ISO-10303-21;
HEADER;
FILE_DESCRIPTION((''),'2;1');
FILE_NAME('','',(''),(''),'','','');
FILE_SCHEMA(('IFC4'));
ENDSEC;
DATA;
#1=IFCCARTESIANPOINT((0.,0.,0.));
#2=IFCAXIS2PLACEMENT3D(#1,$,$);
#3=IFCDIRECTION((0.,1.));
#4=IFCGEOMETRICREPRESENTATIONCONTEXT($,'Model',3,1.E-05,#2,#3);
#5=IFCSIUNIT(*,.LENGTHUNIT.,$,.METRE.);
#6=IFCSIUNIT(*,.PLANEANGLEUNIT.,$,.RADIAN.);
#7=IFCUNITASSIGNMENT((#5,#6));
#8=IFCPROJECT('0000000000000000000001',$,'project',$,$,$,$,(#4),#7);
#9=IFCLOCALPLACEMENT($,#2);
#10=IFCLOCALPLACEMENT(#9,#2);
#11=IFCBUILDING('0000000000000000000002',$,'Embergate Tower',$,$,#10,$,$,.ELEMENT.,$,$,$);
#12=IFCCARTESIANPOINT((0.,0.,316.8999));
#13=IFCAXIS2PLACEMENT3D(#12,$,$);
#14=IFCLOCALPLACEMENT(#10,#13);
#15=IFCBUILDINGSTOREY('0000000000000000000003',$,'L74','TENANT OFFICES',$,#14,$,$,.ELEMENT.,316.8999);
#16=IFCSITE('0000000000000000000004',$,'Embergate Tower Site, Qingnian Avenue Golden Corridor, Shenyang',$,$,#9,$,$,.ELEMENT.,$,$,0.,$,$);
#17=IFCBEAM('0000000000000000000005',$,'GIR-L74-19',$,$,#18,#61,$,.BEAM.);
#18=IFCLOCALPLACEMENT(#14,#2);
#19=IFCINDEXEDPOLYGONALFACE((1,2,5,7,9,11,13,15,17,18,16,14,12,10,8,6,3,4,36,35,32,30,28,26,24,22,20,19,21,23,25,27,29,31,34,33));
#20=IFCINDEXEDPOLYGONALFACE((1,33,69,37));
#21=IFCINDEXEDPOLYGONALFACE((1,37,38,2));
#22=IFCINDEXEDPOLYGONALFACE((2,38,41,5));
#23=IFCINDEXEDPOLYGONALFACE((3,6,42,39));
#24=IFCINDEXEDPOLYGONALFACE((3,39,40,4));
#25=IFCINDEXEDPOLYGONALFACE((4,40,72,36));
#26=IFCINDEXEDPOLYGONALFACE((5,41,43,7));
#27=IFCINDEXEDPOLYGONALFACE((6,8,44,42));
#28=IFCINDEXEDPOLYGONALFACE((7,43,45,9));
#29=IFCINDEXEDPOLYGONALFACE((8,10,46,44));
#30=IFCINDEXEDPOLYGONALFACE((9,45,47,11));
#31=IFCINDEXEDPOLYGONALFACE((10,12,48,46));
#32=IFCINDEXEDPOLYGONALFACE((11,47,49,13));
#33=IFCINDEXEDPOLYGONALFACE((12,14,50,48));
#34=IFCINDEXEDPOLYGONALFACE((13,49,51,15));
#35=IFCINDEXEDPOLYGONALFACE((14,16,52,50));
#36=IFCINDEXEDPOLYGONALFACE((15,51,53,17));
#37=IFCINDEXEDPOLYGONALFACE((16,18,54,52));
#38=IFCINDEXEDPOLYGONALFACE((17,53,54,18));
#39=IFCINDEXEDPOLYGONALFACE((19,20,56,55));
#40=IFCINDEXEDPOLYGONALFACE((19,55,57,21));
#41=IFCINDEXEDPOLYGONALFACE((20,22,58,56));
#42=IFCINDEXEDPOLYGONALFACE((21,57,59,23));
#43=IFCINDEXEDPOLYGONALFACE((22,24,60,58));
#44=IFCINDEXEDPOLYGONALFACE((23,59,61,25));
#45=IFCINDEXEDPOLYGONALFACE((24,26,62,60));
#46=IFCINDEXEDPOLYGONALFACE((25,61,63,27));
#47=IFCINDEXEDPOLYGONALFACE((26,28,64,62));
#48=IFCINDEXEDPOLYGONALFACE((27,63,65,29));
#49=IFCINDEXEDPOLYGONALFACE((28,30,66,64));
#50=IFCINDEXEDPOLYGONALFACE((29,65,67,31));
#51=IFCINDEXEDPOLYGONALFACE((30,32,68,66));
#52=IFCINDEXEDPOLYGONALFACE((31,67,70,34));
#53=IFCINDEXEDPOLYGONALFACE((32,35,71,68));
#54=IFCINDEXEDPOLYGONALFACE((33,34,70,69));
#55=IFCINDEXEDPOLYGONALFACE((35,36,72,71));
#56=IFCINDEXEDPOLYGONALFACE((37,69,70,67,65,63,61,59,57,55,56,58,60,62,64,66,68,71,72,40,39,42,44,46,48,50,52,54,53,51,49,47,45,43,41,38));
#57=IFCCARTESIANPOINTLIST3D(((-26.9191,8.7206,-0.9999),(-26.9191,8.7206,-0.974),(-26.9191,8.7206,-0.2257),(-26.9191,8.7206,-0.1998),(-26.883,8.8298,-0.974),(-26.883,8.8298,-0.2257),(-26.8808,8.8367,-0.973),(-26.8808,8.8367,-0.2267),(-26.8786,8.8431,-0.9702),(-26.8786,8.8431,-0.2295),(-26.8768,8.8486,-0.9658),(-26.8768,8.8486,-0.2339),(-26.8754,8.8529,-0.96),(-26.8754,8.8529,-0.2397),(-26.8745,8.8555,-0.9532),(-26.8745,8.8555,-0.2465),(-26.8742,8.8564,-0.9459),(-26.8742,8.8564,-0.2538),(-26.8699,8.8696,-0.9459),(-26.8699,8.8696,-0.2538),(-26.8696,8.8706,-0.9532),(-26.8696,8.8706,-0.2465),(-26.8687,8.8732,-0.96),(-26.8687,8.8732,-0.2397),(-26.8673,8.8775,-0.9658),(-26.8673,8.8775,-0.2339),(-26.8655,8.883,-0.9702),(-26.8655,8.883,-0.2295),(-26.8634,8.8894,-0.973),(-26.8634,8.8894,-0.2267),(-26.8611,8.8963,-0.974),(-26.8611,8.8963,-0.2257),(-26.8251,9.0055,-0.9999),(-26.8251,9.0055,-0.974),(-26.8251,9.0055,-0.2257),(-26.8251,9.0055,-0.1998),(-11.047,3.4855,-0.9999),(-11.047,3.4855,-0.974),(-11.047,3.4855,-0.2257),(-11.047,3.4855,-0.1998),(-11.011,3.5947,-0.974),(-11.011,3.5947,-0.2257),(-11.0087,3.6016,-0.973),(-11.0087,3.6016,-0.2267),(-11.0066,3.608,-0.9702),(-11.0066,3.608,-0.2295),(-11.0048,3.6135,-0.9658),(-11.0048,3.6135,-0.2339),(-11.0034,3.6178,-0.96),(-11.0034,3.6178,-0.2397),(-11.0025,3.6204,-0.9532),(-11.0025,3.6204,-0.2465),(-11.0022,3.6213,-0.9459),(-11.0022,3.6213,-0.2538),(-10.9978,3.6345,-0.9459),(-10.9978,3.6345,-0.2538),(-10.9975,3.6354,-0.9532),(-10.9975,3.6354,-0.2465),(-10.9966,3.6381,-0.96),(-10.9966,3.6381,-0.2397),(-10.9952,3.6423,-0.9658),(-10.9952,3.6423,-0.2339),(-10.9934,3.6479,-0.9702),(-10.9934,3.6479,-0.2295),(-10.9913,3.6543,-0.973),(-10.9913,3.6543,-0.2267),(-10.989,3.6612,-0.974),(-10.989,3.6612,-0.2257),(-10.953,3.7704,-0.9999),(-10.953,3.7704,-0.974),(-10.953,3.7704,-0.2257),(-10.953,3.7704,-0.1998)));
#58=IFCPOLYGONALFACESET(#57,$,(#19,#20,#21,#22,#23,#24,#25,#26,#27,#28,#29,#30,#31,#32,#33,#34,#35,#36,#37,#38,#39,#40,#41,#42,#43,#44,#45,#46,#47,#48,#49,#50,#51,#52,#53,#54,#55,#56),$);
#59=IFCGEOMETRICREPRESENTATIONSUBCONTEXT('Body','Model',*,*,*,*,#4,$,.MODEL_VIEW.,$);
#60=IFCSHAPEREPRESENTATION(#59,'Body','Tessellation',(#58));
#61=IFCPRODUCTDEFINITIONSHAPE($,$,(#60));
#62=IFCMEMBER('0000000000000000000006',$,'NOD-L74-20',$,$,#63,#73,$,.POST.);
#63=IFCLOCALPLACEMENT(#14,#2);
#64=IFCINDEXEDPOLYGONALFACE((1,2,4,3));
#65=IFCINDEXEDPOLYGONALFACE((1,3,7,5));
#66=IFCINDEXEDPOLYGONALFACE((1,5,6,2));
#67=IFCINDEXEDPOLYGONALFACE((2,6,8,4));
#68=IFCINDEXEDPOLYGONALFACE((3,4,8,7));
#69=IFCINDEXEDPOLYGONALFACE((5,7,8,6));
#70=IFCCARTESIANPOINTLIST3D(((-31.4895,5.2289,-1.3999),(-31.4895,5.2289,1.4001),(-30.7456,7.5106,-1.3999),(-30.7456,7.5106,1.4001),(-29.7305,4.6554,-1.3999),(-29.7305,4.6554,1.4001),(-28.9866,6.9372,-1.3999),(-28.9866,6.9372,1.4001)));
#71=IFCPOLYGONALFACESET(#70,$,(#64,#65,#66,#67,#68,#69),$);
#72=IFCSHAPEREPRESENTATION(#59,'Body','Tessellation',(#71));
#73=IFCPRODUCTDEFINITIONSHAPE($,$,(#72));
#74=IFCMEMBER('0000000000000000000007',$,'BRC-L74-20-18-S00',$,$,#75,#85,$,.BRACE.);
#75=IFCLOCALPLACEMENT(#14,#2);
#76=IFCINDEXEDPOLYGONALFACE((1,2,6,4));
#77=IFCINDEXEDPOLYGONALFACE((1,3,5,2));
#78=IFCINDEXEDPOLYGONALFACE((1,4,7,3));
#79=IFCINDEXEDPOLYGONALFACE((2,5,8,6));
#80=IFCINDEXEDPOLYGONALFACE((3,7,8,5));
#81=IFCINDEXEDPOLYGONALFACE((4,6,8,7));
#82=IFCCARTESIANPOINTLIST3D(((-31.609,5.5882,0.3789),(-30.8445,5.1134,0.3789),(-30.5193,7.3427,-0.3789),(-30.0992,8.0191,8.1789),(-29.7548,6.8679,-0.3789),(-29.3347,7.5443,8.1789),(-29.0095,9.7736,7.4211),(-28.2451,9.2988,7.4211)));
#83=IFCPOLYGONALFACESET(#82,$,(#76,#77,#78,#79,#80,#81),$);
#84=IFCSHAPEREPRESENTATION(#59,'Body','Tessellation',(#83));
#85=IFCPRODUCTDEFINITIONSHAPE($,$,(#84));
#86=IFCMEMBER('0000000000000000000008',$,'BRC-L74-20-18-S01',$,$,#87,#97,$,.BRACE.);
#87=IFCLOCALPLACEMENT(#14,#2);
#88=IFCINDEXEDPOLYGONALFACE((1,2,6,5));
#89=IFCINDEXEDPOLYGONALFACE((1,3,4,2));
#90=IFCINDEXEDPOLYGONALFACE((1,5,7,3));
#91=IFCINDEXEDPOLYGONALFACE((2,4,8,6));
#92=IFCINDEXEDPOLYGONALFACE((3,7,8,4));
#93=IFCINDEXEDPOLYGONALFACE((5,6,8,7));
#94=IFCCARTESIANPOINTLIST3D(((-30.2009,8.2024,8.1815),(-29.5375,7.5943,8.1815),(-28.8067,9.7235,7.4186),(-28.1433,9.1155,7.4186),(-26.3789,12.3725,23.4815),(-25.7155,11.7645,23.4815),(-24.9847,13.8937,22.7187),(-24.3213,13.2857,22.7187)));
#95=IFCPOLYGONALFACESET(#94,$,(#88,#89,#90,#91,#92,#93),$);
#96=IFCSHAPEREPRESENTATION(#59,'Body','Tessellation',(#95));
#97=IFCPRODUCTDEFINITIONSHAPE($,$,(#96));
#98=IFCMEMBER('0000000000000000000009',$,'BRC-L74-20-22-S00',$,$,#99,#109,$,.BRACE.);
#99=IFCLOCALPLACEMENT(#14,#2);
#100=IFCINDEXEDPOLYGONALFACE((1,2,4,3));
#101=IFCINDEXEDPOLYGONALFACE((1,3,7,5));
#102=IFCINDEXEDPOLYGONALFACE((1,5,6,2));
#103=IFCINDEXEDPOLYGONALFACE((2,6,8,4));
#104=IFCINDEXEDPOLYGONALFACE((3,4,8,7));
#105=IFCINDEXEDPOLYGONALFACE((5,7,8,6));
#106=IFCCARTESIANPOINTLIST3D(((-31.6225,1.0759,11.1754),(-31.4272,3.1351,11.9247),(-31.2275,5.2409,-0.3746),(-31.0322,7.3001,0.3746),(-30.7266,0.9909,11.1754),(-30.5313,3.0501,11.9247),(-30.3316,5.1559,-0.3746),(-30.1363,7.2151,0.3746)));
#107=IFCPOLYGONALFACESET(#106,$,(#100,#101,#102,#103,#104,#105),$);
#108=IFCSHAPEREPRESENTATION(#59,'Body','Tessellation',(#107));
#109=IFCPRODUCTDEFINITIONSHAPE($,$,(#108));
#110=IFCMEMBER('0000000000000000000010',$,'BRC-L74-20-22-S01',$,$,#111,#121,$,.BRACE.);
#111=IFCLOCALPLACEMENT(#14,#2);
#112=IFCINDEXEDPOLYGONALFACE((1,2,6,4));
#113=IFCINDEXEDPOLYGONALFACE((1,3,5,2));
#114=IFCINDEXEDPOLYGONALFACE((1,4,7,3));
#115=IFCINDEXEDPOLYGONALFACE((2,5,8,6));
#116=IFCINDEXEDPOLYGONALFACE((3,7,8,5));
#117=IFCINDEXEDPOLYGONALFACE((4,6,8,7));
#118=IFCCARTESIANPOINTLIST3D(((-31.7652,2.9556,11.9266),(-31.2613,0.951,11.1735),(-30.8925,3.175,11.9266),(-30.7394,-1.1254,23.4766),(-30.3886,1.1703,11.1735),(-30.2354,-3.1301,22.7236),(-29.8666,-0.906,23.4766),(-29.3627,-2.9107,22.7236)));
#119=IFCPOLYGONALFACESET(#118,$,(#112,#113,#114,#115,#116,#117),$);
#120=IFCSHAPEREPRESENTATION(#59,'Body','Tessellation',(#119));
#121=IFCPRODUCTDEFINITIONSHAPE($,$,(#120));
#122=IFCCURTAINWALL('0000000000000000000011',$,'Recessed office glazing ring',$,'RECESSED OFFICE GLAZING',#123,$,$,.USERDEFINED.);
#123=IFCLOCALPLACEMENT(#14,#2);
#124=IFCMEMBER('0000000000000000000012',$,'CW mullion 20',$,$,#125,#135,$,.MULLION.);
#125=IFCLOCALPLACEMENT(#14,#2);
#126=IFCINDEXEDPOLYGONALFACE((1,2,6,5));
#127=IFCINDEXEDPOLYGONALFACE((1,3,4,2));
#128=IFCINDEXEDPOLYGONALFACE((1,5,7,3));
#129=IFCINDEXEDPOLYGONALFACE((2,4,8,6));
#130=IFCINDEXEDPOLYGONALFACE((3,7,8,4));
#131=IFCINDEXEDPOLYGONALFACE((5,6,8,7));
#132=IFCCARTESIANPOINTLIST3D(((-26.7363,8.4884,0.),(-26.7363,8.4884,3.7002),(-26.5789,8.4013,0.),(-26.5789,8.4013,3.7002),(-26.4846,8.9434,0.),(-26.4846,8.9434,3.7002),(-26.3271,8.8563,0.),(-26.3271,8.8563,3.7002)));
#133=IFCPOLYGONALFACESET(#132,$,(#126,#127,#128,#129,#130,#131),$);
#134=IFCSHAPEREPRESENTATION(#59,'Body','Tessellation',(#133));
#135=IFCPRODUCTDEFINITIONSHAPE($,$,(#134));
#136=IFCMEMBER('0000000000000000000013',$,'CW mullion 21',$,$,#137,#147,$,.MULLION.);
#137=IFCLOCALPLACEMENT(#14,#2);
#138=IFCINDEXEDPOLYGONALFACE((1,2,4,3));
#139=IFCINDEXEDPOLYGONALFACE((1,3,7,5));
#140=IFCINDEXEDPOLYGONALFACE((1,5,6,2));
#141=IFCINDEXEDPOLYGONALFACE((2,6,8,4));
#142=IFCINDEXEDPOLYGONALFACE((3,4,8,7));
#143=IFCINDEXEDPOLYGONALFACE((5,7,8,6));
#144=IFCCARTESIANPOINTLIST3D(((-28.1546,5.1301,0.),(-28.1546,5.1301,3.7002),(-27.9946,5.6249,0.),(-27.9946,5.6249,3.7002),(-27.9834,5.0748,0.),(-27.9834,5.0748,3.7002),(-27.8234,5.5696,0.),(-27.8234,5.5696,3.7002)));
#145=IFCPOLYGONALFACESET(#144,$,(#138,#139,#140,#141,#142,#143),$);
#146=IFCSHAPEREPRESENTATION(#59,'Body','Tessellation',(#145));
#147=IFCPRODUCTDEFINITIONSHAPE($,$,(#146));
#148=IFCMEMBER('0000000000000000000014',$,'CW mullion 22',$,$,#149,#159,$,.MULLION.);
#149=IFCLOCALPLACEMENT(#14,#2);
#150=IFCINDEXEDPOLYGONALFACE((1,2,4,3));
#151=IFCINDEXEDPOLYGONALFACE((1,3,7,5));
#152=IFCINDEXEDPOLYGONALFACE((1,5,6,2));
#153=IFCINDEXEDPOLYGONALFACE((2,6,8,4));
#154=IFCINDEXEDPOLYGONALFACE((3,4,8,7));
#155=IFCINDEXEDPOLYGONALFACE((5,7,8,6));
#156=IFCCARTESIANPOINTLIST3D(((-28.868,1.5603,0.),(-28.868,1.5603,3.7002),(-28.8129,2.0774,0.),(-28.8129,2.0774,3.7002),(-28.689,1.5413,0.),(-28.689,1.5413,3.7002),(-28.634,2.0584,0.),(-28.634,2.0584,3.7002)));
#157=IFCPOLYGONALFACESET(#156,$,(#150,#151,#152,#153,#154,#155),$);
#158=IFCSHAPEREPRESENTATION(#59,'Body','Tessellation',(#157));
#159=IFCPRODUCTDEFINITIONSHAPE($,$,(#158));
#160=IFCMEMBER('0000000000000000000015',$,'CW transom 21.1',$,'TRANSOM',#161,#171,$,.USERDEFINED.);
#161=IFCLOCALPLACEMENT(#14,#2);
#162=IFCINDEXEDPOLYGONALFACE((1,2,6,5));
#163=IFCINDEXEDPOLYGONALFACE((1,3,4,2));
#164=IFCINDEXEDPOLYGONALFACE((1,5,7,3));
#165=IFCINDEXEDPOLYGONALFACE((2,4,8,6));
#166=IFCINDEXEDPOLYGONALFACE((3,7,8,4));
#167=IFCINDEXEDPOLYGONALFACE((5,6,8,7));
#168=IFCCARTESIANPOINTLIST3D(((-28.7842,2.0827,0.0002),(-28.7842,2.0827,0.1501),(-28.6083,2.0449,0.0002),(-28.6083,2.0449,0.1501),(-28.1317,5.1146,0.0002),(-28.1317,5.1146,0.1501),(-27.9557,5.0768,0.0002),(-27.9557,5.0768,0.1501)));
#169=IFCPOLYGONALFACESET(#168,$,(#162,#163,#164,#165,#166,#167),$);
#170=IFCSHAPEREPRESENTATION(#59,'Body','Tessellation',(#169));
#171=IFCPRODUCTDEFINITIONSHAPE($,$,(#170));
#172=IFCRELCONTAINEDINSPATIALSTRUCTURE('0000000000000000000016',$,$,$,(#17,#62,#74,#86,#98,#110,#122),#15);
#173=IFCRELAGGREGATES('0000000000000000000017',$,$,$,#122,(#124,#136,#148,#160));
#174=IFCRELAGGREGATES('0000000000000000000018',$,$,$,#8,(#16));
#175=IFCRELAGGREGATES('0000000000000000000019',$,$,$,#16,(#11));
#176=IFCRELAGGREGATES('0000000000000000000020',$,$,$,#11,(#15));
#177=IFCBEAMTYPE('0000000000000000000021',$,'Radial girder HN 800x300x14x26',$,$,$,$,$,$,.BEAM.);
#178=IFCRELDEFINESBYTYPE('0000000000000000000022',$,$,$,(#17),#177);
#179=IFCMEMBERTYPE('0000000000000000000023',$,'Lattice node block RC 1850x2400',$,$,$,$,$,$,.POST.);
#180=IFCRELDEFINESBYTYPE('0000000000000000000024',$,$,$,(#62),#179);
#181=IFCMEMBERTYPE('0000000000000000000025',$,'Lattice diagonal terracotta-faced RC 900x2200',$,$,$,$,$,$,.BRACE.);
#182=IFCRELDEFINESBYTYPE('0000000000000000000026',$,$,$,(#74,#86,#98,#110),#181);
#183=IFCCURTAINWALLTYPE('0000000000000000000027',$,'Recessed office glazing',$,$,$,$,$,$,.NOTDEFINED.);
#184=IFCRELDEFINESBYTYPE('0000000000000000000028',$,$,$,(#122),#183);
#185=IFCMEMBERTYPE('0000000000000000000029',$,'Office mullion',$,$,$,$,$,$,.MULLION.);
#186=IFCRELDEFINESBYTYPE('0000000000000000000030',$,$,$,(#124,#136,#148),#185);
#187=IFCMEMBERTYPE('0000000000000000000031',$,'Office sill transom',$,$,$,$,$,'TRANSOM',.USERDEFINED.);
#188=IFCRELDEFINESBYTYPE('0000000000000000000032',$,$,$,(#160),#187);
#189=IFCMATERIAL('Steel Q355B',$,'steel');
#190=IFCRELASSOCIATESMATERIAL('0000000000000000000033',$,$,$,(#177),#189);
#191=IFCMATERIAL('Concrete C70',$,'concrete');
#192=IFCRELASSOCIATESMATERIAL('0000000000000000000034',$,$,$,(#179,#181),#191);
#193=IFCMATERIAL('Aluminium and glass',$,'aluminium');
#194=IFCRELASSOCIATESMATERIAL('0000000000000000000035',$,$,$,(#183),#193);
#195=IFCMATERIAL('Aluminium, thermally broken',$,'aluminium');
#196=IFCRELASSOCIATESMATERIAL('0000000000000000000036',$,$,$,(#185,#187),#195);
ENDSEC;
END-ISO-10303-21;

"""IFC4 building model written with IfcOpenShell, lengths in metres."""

from ifc_helpers import new_model, si_unit, direction, frame, origin, origin_2d, place, context, subcontext, project, spatial, rectangle, i_section, extrude, source, transform, mapped, material, material_profile, profile_set, type_object, element, aggregate, save


model = new_model("IFC4")

# Units and contexts
model_context = context("Model", 3, precision=1e-05, world=origin(), true_north=direction((0.0, 1.0)))
body_context = subcontext(model_context, "Body", "Model", "MODEL_VIEW")
ifc_project = project(units=[si_unit("LENGTHUNIT", "METRE"), si_unit("PLANEANGLEUNIT", "RADIAN")], contexts=[model_context])

# Site, building, storey
site_placement = place(None, origin())
site = spatial("IfcSite", under=ifc_project, at=site_placement, Name="Embergate Tower Site, Qingnian Avenue Golden Corridor, Shenyang", CompositionType="ELEMENT", RefElevation=0.0)
building_placement = place(site_placement, origin())
building = spatial("IfcBuilding", under=site, at=building_placement, Name="Embergate Tower", CompositionType="ELEMENT")
storey_placement = place(building_placement, frame((0.0, 0.0, 316.8999)))
storey = spatial("IfcBuildingStorey", under=building, at=storey_placement, Name="L74", Description="TENANT OFFICES", CompositionType="ELEMENT", Elevation=316.8999)

# Beam
ifc_material_1 = material(Name="Steel Q355B", Category="steel")
ifc_material_profile_1 = material_profile(ifc_material_1, i_section(OverallWidth=0.3, OverallDepth=0.8, WebThickness=0.0139, FlangeThickness=0.0259, FilletRadius=0.0281, at=origin_2d()), Name="HN 800x300x14x26")
ifc_profile_set_1 = profile_set([ifc_material_profile_1], Name="Steel Q355 grade B")
beam_type_1 = type_object("IfcBeamType", Name="Radial girder HN 800x300x14x26", PredefinedType="BEAM", material=ifc_profile_set_1)
shared_shape_1 = source(origin(), body_context, "Body", "SweptSolid", [
    extrude(i_section(OverallWidth=0.3, OverallDepth=0.8, WebThickness=0.0139, FlangeThickness=0.0259, FilletRadius=0.0281, at=origin_2d()), origin(), (0.0, 0.0, 1.0), 16.7131),
])
beam_1_placement = place(storey_placement, frame((-26.8721, 8.863, -0.5999), z_axis=(0.949676, -0.313233, 0.0), x_axis=(0.313233, 0.949676, 0.0)))
element("IfcBeam", 1, at=beam_1_placement, inside=storey, type_object=beam_type_1, Name="GIR-L74-19", PredefinedType="BEAM", context=body_context, shape_type="MappedRepresentation", body=[
    mapped(shared_shape_1, transform((0.0, 0.0, 0.0))),
])

# Members
ifc_material_2 = material(Name="Concrete C70", Category="concrete")
ifc_material_profile_2 = material_profile(ifc_material_2, rectangle(XDim=1.8501, YDim=2.3999, at=origin_2d()), Name="RC 1850x2400")
ifc_profile_set_2 = profile_set([ifc_material_profile_2], Name="Concrete C70")
member_type_1 = type_object("IfcMemberType", Name="Lattice node block RC 1850x2400", PredefinedType="POST", material=ifc_profile_set_2)
shared_shape_2 = source(origin(), body_context, "Body", "SweptSolid", [
    extrude(rectangle(XDim=1.8501, YDim=2.3999, at=origin_2d()), origin(), (0.0, 0.0, 1.0), 2.8),
])
member_1_placement = place(storey_placement, frame((-30.238, 6.083, -1.3999), z_axis=(0.0, 0.0, 1.0), x_axis=(-0.950754, 0.309946, 0.0)))
element("IfcMember", 2, at=member_1_placement, inside=storey, type_object=member_type_1, Name="NOD-L74-20", PredefinedType="POST", context=body_context, shape_type="MappedRepresentation", body=[
    mapped(shared_shape_2, transform((0.0, 0.0, 0.0))),
])
ifc_material_profile_3 = material_profile(ifc_material_2, rectangle(XDim=0.8999, YDim=2.2, at=origin_2d()), Name="RC 900x2200")
ifc_profile_set_3 = profile_set([ifc_material_profile_3], Name="Concrete C70")
member_type_2 = type_object("IfcMemberType", Name="Lattice diagonal terracotta-faced RC 900x2200", PredefinedType="BRACE", material=ifc_profile_set_3)
shared_shape_3 = source(origin(), body_context, "Body", "SweptSolid", [
    extrude(rectangle(XDim=0.8999, YDim=2.2, at=origin_2d()), origin(), (0.0, 0.0, 1.0), 8.3083),
])
member_2_placement = place(storey_placement, frame((-30.6819, 6.228, 0.0), z_axis=(0.181716, 0.292584, 0.938815), x_axis=(-0.849495, 0.527596, 0.0)))
element("IfcMember", 3, at=member_2_placement, inside=storey, type_object=member_type_2, Name="BRC-L74-20-18-S00", PredefinedType="BRACE", context=body_context, shape_type="MappedRepresentation", body=[
    mapped(shared_shape_3, transform((0.0, 0.0, 0.0))),
])
shared_shape_4 = source(origin(), body_context, "Body", "SweptSolid", [
    extrude(rectangle(XDim=0.8999, YDim=2.2, at=origin_2d()), origin(), (0.0, 0.0, 1.0), 16.3123),
])
member_3_placement = place(storey_placement, frame((-29.1721, 8.6589, 7.8), z_axis=(0.234304, 0.255646, 0.937948), x_axis=(-0.73721, 0.675664, 0.0)))
element("IfcMember", 4, at=member_3_placement, inside=storey, type_object=member_type_2, Name="BRC-L74-20-18-S01", PredefinedType="BRACE", context=body_context, shape_type="MappedRepresentation", body=[
    mapped(shared_shape_4, transform((0.0, 0.0, 0.0))),
])
shared_shape_5 = source(origin(), body_context, "Body", "SweptSolid", [
    extrude(rectangle(XDim=0.8999, YDim=2.2, at=origin_2d()), origin(), (0.0, 0.0, 1.0), 12.2844),
])
member_4_placement = place(storey_placement, frame((-30.6819, 6.228, 0.0), z_axis=(-0.032156, -0.33905, 0.940219), x_axis=(0.995533, -0.094418, 0.0)))
element("IfcMember", 5, at=member_4_placement, inside=storey, type_object=member_type_2, Name="BRC-L74-20-22-S00", PredefinedType="BRACE", context=body_context, shape_type="MappedRepresentation", body=[
    mapped(shared_shape_5, transform((0.0, 0.0, 0.0))),
])
shared_shape_6 = source(origin(), body_context, "Body", "SweptSolid", [
    extrude(rectangle(XDim=0.8999, YDim=2.2, at=origin_2d()), origin(), (0.0, 0.0, 1.0), 12.2927),
])
member_5_placement = place(storey_placement, frame((-31.0769, 2.063, 11.55), z_axis=(0.083454, -0.331989, 0.939584), x_axis=(0.969828, 0.243791, 0.0)))
element("IfcMember", 6, at=member_5_placement, inside=storey, type_object=member_type_2, Name="BRC-L74-20-22-S01", PredefinedType="BRACE", context=body_context, shape_type="MappedRepresentation", body=[
    mapped(shared_shape_6, transform((0.0, 0.0, 0.0))),
])

# Curtain wall, members
ifc_material_3 = material(Name="Aluminium and glass", Category="aluminium")
curtain_wall_type = type_object("IfcCurtainWallType", Name="Recessed office glazing", PredefinedType="NOTDEFINED", material=ifc_material_3)
curtain_wall_placement = place(storey_placement, origin())
curtain_wall = element("IfcCurtainWall", 7, at=curtain_wall_placement, inside=storey, type_object=curtain_wall_type, Name="Recessed office glazing ring", ObjectType="RECESSED OFFICE GLAZING", PredefinedType="USERDEFINED")
ifc_material_4 = material(Name="Aluminium, thermally broken", Category="aluminium")
ifc_material_profile_4 = material_profile(ifc_material_4, rectangle(XDim=0.1799, YDim=0.52, at=origin_2d()), Name="AL 520x180")
ifc_profile_set_4 = profile_set([ifc_material_profile_4], Name="Aluminium, thermally broken")
member_type_3 = type_object("IfcMemberType", Name="Office mullion", PredefinedType="MULLION", material=ifc_profile_set_4)
shared_shape_7 = source(origin(), body_context, "Body", "SweptSolid", [
    extrude(rectangle(XDim=0.1799, YDim=0.52, at=origin_2d()), origin(), (0.0, 0.0, 1.0), 3.7002),
])
member_6_placement = place(storey_placement, frame((-26.5317, 8.6724, 0.0), z_axis=(0.0, 0.0, 1.0), x_axis=(0.874992, -0.484138, 0.0)))
member_6 = element("IfcMember", 8, at=member_6_placement, type_object=member_type_3, Name="CW mullion 20", PredefinedType="MULLION", context=body_context, shape_type="MappedRepresentation", body=[
    mapped(shared_shape_7, transform((0.0, 0.0, 0.0))),
])
member_7_placement = place(storey_placement, frame((-27.989, 5.3499, 0.0), z_axis=(0.0, 0.0, 1.0), x_axis=(0.951492, -0.307674, 0.0)))
member_7 = element("IfcMember", 9, at=member_7_placement, type_object=member_type_3, Name="CW mullion 21", PredefinedType="MULLION", context=body_context, shape_type="MappedRepresentation", body=[
    mapped(shared_shape_7, transform((0.0, 0.0, 0.0))),
])
member_8_placement = place(storey_placement, frame((-28.751, 1.8093, 0.0), z_axis=(0.0, 0.0, 1.0), x_axis=(0.994384, -0.105832, 0.0)))
member_8 = element("IfcMember", 10, at=member_8_placement, type_object=member_type_3, Name="CW mullion 22", PredefinedType="MULLION", context=body_context, shape_type="MappedRepresentation", body=[
    mapped(shared_shape_7, transform((0.0, 0.0, 0.0))),
])
ifc_material_profile_5 = material_profile(ifc_material_4, rectangle(XDim=0.1799, YDim=0.1499, at=origin_2d()), Name="AL 150x180")
ifc_profile_set_5 = profile_set([ifc_material_profile_5], Name="Aluminium, thermally broken")
member_type_4 = type_object("IfcMemberType", Name="Office sill transom", ElementType="TRANSOM", PredefinedType="USERDEFINED", material=ifc_profile_set_5)
shared_shape_8 = source(origin(), body_context, "Body", "SweptSolid", [
    extrude(rectangle(XDim=0.1799, YDim=0.1499, at=origin_2d()), origin(), (0.0, 0.0, 1.0), 3.1013),
])
member_9_placement = place(storey_placement, frame((-28.0437, 5.0957, 0.0752), z_axis=(-0.210416, -0.977612, 0.0), x_axis=(0.977612, -0.210416, 0.0)))
member_9 = element("IfcMember", 11, at=member_9_placement, type_object=member_type_4, Name="CW transom 21.1", ObjectType="TRANSOM", PredefinedType="USERDEFINED", context=body_context, shape_type="MappedRepresentation", body=[
    mapped(shared_shape_8, transform((0.0, 0.0, 0.0))),
])
aggregate(curtain_wall, [member_6, member_7, member_8, member_9])

save(model, "model.ifc")
